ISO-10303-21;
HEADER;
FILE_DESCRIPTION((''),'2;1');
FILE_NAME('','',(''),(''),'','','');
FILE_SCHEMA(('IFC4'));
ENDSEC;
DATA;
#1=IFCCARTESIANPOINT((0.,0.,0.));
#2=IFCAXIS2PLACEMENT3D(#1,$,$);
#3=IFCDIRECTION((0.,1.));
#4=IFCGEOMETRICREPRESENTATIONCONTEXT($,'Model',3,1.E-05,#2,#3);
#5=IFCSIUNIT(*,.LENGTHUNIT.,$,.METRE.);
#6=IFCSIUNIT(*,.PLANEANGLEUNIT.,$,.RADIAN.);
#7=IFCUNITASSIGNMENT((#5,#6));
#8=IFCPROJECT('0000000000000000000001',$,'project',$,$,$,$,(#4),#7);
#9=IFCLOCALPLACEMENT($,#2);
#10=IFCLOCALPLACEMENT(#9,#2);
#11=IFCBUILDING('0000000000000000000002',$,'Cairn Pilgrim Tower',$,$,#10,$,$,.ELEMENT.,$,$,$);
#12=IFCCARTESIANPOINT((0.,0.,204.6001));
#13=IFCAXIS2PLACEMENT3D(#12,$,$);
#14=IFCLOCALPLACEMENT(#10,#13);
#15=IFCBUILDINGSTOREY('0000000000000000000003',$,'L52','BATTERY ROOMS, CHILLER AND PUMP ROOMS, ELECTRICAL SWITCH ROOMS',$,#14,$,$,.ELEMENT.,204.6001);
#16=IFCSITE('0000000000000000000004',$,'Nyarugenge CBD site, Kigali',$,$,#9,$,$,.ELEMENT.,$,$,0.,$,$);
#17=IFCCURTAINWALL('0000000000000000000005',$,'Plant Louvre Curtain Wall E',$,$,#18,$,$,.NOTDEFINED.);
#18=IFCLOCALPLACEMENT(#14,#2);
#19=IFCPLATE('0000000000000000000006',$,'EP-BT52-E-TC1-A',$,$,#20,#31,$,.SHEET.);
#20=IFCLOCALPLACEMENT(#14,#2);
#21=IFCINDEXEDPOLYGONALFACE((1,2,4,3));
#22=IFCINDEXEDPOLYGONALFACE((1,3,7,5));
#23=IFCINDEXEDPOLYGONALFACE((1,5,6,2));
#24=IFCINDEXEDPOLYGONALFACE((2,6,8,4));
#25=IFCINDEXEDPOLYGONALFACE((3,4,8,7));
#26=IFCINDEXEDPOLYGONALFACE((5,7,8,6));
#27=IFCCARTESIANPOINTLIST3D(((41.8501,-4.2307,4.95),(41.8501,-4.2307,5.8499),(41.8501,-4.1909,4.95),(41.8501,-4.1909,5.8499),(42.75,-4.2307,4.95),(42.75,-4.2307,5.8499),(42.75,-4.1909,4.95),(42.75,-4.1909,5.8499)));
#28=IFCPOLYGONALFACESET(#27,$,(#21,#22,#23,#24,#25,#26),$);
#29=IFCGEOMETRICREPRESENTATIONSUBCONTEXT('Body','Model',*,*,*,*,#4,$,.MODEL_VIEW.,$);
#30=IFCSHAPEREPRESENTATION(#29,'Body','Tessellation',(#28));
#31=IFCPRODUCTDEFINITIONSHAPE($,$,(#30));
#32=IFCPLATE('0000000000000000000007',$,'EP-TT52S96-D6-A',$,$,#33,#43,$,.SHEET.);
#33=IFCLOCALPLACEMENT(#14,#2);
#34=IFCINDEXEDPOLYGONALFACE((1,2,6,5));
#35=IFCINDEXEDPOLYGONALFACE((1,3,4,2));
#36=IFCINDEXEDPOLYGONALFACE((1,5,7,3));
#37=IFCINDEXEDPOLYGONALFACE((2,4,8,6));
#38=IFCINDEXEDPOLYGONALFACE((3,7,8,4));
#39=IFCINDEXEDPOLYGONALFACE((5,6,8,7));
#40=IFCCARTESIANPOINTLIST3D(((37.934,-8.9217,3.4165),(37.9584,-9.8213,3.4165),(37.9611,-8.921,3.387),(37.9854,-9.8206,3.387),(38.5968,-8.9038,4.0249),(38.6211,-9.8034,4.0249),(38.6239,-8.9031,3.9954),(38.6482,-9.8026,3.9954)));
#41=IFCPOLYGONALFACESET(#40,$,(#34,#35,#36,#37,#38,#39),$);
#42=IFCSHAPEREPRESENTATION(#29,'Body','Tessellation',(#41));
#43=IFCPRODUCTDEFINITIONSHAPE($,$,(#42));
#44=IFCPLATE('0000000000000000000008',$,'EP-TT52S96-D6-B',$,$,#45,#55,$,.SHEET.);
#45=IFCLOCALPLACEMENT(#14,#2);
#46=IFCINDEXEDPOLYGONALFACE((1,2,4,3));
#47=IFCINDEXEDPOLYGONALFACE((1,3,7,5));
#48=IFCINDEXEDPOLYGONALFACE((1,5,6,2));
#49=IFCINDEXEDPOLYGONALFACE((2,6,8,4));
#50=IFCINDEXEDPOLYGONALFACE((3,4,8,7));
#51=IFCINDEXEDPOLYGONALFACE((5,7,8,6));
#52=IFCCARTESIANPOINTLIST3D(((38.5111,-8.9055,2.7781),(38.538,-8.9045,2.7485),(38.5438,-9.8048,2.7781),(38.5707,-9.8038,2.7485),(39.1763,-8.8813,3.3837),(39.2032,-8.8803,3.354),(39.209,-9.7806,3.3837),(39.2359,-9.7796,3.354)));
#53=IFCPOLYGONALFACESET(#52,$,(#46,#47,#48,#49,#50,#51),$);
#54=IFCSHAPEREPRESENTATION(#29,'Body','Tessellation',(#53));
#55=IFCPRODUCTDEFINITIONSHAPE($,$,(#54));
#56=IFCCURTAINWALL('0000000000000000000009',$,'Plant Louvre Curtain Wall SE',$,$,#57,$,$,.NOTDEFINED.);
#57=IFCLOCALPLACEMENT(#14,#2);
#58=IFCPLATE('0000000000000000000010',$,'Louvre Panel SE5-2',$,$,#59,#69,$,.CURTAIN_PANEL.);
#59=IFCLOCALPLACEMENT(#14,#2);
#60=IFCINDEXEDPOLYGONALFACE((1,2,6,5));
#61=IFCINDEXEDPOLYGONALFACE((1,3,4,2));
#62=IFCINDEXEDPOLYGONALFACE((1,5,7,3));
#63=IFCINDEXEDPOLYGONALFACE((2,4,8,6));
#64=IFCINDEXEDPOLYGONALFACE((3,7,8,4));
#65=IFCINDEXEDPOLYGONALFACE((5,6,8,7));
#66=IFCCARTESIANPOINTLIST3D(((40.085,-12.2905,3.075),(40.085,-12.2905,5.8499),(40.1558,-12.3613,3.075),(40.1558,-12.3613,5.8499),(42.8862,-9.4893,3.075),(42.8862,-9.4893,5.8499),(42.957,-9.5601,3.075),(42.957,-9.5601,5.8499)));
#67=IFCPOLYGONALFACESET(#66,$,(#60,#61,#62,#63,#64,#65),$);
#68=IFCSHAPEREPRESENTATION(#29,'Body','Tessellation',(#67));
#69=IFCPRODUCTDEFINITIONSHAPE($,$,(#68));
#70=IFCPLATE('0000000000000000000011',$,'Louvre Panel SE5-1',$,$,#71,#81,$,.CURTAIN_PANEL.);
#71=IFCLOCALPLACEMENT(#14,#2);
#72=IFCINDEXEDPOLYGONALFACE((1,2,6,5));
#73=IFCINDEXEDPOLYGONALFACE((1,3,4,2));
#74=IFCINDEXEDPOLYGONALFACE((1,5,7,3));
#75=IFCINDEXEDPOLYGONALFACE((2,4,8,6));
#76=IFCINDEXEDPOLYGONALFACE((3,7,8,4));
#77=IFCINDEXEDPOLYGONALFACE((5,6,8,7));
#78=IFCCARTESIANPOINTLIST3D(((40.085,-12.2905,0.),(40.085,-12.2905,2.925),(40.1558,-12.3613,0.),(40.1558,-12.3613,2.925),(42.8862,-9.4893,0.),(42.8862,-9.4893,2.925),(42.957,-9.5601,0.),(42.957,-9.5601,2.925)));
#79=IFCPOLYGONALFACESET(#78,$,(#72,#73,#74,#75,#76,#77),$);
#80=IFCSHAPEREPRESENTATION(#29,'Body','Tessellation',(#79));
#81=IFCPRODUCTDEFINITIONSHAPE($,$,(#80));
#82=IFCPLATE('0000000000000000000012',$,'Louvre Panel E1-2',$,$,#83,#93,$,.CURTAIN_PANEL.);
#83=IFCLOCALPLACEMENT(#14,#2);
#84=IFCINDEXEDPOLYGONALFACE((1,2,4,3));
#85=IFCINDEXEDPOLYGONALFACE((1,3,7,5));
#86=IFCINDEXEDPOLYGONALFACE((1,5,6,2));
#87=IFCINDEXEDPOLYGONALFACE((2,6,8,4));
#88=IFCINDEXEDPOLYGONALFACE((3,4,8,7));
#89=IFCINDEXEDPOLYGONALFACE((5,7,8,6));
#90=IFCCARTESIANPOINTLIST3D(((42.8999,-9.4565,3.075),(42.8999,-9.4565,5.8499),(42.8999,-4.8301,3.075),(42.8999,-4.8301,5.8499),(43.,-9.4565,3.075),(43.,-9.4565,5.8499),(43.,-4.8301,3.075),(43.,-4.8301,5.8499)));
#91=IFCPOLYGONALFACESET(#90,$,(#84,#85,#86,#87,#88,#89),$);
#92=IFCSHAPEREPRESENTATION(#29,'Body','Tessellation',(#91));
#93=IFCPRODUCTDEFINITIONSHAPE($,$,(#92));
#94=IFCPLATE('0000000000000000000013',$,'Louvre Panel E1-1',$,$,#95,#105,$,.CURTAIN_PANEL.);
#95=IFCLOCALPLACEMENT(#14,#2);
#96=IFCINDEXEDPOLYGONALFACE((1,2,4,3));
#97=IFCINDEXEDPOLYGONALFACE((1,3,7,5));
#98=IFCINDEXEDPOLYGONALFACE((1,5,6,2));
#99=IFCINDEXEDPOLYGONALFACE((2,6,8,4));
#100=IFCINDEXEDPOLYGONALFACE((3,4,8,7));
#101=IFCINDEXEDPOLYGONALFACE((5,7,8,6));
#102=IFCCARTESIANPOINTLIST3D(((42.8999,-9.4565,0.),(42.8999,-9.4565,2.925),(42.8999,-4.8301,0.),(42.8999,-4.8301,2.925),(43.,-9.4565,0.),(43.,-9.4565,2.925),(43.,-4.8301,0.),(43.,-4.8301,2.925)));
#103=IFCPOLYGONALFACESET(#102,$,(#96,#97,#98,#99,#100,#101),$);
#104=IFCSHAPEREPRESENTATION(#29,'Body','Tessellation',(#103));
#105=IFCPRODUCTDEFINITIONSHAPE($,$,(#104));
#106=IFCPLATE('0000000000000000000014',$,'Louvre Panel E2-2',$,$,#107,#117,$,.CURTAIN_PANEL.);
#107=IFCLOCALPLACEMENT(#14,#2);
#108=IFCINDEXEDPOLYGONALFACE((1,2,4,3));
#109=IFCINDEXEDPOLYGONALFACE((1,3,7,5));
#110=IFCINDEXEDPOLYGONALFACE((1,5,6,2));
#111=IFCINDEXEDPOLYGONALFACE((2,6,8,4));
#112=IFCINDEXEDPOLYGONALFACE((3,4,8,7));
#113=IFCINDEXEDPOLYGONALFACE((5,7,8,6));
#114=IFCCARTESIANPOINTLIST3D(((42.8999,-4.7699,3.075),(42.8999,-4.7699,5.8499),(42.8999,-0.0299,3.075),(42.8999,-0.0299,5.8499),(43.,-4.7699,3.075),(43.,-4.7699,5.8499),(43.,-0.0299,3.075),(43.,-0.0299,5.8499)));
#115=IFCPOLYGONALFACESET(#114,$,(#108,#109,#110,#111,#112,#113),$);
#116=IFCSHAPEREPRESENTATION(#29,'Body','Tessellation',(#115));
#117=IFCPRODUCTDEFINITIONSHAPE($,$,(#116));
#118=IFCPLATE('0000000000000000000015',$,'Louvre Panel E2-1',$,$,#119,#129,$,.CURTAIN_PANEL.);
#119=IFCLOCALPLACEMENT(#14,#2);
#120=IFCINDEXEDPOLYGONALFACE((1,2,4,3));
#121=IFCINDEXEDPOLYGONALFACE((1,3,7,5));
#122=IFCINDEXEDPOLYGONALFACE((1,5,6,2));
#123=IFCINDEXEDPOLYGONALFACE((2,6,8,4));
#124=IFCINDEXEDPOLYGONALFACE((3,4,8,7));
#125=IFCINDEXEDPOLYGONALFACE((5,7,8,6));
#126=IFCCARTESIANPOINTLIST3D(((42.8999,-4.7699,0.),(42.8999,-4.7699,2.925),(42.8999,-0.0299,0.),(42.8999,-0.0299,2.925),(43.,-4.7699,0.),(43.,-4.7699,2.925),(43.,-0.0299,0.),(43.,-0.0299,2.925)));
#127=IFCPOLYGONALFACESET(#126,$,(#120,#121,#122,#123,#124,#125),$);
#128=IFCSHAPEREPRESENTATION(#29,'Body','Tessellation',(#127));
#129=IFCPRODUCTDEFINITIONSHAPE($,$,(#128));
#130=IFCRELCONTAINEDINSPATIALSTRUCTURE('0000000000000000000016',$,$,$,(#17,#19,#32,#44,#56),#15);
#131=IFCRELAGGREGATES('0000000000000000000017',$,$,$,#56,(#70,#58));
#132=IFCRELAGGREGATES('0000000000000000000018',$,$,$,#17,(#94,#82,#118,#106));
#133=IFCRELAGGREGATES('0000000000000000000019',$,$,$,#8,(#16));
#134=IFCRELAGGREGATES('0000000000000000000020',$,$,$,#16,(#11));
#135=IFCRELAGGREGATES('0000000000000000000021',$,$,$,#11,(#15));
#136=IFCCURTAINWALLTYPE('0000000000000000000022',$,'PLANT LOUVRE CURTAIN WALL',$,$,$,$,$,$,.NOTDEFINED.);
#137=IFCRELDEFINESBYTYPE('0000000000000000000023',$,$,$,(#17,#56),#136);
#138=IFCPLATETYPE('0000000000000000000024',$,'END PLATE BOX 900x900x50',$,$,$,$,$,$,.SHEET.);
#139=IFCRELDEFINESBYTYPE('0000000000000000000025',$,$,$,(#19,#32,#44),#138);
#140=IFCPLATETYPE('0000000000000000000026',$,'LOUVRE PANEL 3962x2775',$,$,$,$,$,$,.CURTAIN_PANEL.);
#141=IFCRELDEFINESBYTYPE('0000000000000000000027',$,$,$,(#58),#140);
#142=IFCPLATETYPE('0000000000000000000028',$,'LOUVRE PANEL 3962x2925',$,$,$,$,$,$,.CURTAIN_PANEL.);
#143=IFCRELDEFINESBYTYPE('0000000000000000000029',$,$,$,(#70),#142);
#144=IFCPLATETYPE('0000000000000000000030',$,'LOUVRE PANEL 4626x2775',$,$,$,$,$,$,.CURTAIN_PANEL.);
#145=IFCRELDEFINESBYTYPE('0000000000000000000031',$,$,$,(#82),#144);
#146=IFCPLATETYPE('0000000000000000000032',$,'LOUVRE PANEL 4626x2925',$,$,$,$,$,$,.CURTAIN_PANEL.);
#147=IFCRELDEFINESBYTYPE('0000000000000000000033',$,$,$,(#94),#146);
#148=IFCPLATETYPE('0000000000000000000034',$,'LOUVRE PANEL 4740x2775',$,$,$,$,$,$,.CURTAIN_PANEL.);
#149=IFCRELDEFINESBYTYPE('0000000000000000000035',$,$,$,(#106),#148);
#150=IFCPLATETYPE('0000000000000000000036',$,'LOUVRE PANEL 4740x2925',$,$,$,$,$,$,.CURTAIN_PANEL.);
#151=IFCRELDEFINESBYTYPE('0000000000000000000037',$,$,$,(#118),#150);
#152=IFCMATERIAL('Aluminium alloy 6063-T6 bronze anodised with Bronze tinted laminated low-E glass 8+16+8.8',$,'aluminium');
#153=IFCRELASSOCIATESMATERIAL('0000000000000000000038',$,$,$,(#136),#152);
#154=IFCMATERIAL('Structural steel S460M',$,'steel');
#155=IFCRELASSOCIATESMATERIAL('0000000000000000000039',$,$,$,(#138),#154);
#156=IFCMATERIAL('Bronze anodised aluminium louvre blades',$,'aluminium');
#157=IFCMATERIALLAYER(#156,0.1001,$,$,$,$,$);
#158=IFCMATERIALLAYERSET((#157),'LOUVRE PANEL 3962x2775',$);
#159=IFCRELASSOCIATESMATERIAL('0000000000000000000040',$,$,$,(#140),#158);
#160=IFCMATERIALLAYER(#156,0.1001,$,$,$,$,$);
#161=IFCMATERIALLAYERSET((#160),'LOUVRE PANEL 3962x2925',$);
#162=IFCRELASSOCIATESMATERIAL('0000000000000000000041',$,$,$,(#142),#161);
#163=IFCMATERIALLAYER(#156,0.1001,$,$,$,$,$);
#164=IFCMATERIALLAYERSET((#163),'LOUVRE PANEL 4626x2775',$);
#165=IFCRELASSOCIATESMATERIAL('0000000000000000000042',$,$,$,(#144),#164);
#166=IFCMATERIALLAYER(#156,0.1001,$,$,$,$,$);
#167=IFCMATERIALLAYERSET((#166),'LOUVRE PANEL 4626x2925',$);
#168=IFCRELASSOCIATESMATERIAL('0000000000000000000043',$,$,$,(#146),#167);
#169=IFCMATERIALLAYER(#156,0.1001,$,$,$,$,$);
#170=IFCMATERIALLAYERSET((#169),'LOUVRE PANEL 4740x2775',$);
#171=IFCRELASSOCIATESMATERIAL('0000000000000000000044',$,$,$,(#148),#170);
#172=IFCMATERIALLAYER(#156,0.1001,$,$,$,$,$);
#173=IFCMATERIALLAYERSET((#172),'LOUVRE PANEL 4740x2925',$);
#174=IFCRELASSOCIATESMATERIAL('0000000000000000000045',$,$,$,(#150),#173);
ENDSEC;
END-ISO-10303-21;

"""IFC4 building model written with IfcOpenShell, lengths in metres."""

from ifc_helpers import new_model, si_unit, direction, frame, origin, origin_2d, place, context, subcontext, project, spatial, rectangle, extrude, material, layer, layer_set, material_profile, profile_set, type_object, element, aggregate, save


model = new_model("IFC4")

# Units and contexts
model_context = context("Model", 3, precision=1e-05, world=origin(), true_north=direction((0.0, 1.0)))
body_context = subcontext(model_context, "Body", "Model", "MODEL_VIEW")
ifc_project = project(units=[si_unit("LENGTHUNIT", "METRE"), si_unit("PLANEANGLEUNIT", "RADIAN")], contexts=[model_context])

# Site, building, storey
site_placement = place(None, origin())
site = spatial("IfcSite", under=ifc_project, at=site_placement, Name="Nyarugenge CBD site, Kigali", CompositionType="ELEMENT", RefElevation=0.0)
building_placement = place(site_placement, origin())
building = spatial("IfcBuilding", under=site, at=building_placement, Name="Cairn Pilgrim Tower", CompositionType="ELEMENT")
storey_placement = place(building_placement, frame((0.0, 0.0, 204.6001)))
storey = spatial("IfcBuildingStorey", under=building, at=storey_placement, Name="L52", Description="BATTERY ROOMS, CHILLER AND PUMP ROOMS, ELECTRICAL SWITCH ROOMS", CompositionType="ELEMENT", Elevation=204.6001)

# Shared definitions
ifc_material_1 = material(Name="Structural steel S460M", Category="steel")

# Curtain wall
ifc_material_2 = material(Name="Aluminium alloy 6063-T6 bronze anodised with Bronze tinted laminated low-E glass 8+16+8.8", Category="aluminium")
curtain_wall_type = type_object("IfcCurtainWallType", Name="PLANT LOUVRE CURTAIN WALL", PredefinedType="NOTDEFINED", material=ifc_material_2)
curtain_wall_1_placement = place(storey_placement, origin())
curtain_wall_1 = element("IfcCurtainWall", 1, at=curtain_wall_1_placement, inside=storey, type_object=curtain_wall_type, Name="Plant Louvre Curtain Wall E", PredefinedType="NOTDEFINED")

# Plates
ifc_material_profile_1 = material_profile(ifc_material_1, rectangle(XDim=0.8999, YDim=0.8999, at=origin_2d()), Name="END PLATE BOX 900x900x50")
ifc_profile_set_1 = profile_set([ifc_material_profile_1], Name="Structural steel S460M")
plate_type_1 = type_object("IfcPlateType", Name="END PLATE BOX 900x900x50", PredefinedType="SHEET", material=ifc_profile_set_1)
plate_1_placement = place(storey_placement, frame((42.3, -4.1909, 5.3999), z_axis=(0.0, -1.0, 0.0), x_axis=(1.0, 0.0, 0.0)))
element("IfcPlate", 2, at=plate_1_placement, inside=storey, type_object=plate_type_1, Name="EP-BT52-E-TC1-A", PredefinedType="SHEET", context=body_context, shape_type="SweptSolid", body=[
    extrude(rectangle(XDim=0.8999, YDim=0.8999, at=origin_2d()), origin(), (0.0, 0.0, 1.0), 0.0398),
])
for number, where, z_axis, x_axis, name in (
    (3, (38.2776, -9.3625, 3.7207), (0.675888, 0.018267, -0.736778), (-0.027017, 0.999635, 0.0), "EP-TT52S96-D6-A"),
    (4, (38.887, -9.342, 3.0513), (-0.672472, -0.024454, 0.739719), (0.03634, -0.999339, 0.0), "EP-TT52S96-D6-B"),
):
    element("IfcPlate", number, at=place(storey_placement, frame(where, z_axis=z_axis, x_axis=x_axis)), inside=storey, type_object=plate_type_1, Name=name, PredefinedType="SHEET", context=body_context, shape_type="SweptSolid", body=[
        extrude(rectangle(XDim=0.8999, YDim=0.8999, at=origin_2d()), origin(), (0.0, 0.0, 1.0), 0.04),
    ])

# Curtain wall, plates
curtain_wall_2_placement = place(storey_placement, origin())
curtain_wall_2 = element("IfcCurtainWall", 5, at=curtain_wall_2_placement, inside=storey, type_object=curtain_wall_type, Name="Plant Louvre Curtain Wall SE", PredefinedType="NOTDEFINED")
ifc_material_3 = material(Name="Bronze anodised aluminium louvre blades", Category="aluminium")
ifc_layer_1 = layer(ifc_material_3, 0.1001)
ifc_layer_set_1 = layer_set([ifc_layer_1], Name="LOUVRE PANEL 3962x2775")
plate_type_2 = type_object("IfcPlateType", Name="LOUVRE PANEL 3962x2775", PredefinedType="CURTAIN_PANEL", material=ifc_layer_set_1)
plate_2_placement = place(storey_placement, frame((41.521, -10.9253, 3.075), z_axis=(0.0, 0.0, 1.0), x_axis=(0.707107, 0.707107, 0.0)))
plate_2 = element("IfcPlate", 6, at=plate_2_placement, type_object=plate_type_2, Name="Louvre Panel SE5-2", PredefinedType="CURTAIN_PANEL", context=body_context, shape_type="SweptSolid", body=[
    extrude(rectangle(XDim=3.9614, YDim=0.1001, at=origin_2d()), origin(), (0.0, 0.0, 1.0), 2.7749),
])
ifc_layer_2 = layer(ifc_material_3, 0.1001)
ifc_layer_set_2 = layer_set([ifc_layer_2], Name="LOUVRE PANEL 3962x2925")
plate_type_3 = type_object("IfcPlateType", Name="LOUVRE PANEL 3962x2925", PredefinedType="CURTAIN_PANEL", material=ifc_layer_set_2)
plate_3_placement = place(storey_placement, frame((41.521, -10.9253, 0.0), z_axis=(0.0, 0.0, 1.0), x_axis=(0.707107, 0.707107, 0.0)))
plate_3 = element("IfcPlate", 7, at=plate_3_placement, type_object=plate_type_3, Name="Louvre Panel SE5-1", PredefinedType="CURTAIN_PANEL", context=body_context, shape_type="SweptSolid", body=[
    extrude(rectangle(XDim=3.9614, YDim=0.1001, at=origin_2d()), origin(), (0.0, 0.0, 1.0), 2.925),
])
aggregate(curtain_wall_2, [plate_3, plate_2])

# Plates
ifc_layer_3 = layer(ifc_material_3, 0.1001)
ifc_layer_set_3 = layer_set([ifc_layer_3], Name="LOUVRE PANEL 4626x2775")
plate_type_4 = type_object("IfcPlateType", Name="LOUVRE PANEL 4626x2775", PredefinedType="CURTAIN_PANEL", material=ifc_layer_set_3)
plate_4_placement = place(storey_placement, frame((42.95, -7.1433, 3.075), z_axis=(0.0, 0.0, 1.0), x_axis=(0.0, 1.0, 0.0)))
plate_4 = element("IfcPlate", 8, at=plate_4_placement, type_object=plate_type_4, Name="Louvre Panel E1-2", PredefinedType="CURTAIN_PANEL", context=body_context, shape_type="SweptSolid", body=[
    extrude(rectangle(XDim=4.6265, YDim=0.1001, at=origin_2d()), origin(), (0.0, 0.0, 1.0), 2.7749),
])
ifc_layer_4 = layer(ifc_material_3, 0.1001)
ifc_layer_set_4 = layer_set([ifc_layer_4], Name="LOUVRE PANEL 4626x2925")
plate_type_5 = type_object("IfcPlateType", Name="LOUVRE PANEL 4626x2925", PredefinedType="CURTAIN_PANEL", material=ifc_layer_set_4)
plate_5_placement = place(storey_placement, frame((42.95, -7.1433, 0.0), z_axis=(0.0, 0.0, 1.0), x_axis=(0.0, 1.0, 0.0)))
plate_5 = element("IfcPlate", 9, at=plate_5_placement, type_object=plate_type_5, Name="Louvre Panel E1-1", PredefinedType="CURTAIN_PANEL", context=body_context, shape_type="SweptSolid", body=[
    extrude(rectangle(XDim=4.6265, YDim=0.1001, at=origin_2d()), origin(), (0.0, 0.0, 1.0), 2.925),
])
ifc_layer_5 = layer(ifc_material_3, 0.1001)
ifc_layer_set_5 = layer_set([ifc_layer_5], Name="LOUVRE PANEL 4740x2775")
plate_type_6 = type_object("IfcPlateType", Name="LOUVRE PANEL 4740x2775", PredefinedType="CURTAIN_PANEL", material=ifc_layer_set_5)
plate_6_placement = place(storey_placement, frame((42.95, -2.3999, 3.075), z_axis=(0.0, 0.0, 1.0), x_axis=(0.0, 1.0, 0.0)))
plate_6 = element("IfcPlate", 10, at=plate_6_placement, type_object=plate_type_6, Name="Louvre Panel E2-2", PredefinedType="CURTAIN_PANEL", context=body_context, shape_type="SweptSolid", body=[
    extrude(rectangle(XDim=4.74, YDim=0.1001, at=origin_2d()), origin(), (0.0, 0.0, 1.0), 2.7749),
])
ifc_layer_6 = layer(ifc_material_3, 0.1001)
ifc_layer_set_6 = layer_set([ifc_layer_6], Name="LOUVRE PANEL 4740x2925")
plate_type_7 = type_object("IfcPlateType", Name="LOUVRE PANEL 4740x2925", PredefinedType="CURTAIN_PANEL", material=ifc_layer_set_6)
plate_7_placement = place(storey_placement, frame((42.95, -2.3999, 0.0), z_axis=(0.0, 0.0, 1.0), x_axis=(0.0, 1.0, 0.0)))
plate_7 = element("IfcPlate", 11, at=plate_7_placement, type_object=plate_type_7, Name="Louvre Panel E2-1", PredefinedType="CURTAIN_PANEL", context=body_context, shape_type="SweptSolid", body=[
    extrude(rectangle(XDim=4.74, YDim=0.1001, at=origin_2d()), origin(), (0.0, 0.0, 1.0), 2.925),
])
aggregate(curtain_wall_1, [plate_5, plate_4, plate_7, plate_6])

save(model, "model.ifc")
